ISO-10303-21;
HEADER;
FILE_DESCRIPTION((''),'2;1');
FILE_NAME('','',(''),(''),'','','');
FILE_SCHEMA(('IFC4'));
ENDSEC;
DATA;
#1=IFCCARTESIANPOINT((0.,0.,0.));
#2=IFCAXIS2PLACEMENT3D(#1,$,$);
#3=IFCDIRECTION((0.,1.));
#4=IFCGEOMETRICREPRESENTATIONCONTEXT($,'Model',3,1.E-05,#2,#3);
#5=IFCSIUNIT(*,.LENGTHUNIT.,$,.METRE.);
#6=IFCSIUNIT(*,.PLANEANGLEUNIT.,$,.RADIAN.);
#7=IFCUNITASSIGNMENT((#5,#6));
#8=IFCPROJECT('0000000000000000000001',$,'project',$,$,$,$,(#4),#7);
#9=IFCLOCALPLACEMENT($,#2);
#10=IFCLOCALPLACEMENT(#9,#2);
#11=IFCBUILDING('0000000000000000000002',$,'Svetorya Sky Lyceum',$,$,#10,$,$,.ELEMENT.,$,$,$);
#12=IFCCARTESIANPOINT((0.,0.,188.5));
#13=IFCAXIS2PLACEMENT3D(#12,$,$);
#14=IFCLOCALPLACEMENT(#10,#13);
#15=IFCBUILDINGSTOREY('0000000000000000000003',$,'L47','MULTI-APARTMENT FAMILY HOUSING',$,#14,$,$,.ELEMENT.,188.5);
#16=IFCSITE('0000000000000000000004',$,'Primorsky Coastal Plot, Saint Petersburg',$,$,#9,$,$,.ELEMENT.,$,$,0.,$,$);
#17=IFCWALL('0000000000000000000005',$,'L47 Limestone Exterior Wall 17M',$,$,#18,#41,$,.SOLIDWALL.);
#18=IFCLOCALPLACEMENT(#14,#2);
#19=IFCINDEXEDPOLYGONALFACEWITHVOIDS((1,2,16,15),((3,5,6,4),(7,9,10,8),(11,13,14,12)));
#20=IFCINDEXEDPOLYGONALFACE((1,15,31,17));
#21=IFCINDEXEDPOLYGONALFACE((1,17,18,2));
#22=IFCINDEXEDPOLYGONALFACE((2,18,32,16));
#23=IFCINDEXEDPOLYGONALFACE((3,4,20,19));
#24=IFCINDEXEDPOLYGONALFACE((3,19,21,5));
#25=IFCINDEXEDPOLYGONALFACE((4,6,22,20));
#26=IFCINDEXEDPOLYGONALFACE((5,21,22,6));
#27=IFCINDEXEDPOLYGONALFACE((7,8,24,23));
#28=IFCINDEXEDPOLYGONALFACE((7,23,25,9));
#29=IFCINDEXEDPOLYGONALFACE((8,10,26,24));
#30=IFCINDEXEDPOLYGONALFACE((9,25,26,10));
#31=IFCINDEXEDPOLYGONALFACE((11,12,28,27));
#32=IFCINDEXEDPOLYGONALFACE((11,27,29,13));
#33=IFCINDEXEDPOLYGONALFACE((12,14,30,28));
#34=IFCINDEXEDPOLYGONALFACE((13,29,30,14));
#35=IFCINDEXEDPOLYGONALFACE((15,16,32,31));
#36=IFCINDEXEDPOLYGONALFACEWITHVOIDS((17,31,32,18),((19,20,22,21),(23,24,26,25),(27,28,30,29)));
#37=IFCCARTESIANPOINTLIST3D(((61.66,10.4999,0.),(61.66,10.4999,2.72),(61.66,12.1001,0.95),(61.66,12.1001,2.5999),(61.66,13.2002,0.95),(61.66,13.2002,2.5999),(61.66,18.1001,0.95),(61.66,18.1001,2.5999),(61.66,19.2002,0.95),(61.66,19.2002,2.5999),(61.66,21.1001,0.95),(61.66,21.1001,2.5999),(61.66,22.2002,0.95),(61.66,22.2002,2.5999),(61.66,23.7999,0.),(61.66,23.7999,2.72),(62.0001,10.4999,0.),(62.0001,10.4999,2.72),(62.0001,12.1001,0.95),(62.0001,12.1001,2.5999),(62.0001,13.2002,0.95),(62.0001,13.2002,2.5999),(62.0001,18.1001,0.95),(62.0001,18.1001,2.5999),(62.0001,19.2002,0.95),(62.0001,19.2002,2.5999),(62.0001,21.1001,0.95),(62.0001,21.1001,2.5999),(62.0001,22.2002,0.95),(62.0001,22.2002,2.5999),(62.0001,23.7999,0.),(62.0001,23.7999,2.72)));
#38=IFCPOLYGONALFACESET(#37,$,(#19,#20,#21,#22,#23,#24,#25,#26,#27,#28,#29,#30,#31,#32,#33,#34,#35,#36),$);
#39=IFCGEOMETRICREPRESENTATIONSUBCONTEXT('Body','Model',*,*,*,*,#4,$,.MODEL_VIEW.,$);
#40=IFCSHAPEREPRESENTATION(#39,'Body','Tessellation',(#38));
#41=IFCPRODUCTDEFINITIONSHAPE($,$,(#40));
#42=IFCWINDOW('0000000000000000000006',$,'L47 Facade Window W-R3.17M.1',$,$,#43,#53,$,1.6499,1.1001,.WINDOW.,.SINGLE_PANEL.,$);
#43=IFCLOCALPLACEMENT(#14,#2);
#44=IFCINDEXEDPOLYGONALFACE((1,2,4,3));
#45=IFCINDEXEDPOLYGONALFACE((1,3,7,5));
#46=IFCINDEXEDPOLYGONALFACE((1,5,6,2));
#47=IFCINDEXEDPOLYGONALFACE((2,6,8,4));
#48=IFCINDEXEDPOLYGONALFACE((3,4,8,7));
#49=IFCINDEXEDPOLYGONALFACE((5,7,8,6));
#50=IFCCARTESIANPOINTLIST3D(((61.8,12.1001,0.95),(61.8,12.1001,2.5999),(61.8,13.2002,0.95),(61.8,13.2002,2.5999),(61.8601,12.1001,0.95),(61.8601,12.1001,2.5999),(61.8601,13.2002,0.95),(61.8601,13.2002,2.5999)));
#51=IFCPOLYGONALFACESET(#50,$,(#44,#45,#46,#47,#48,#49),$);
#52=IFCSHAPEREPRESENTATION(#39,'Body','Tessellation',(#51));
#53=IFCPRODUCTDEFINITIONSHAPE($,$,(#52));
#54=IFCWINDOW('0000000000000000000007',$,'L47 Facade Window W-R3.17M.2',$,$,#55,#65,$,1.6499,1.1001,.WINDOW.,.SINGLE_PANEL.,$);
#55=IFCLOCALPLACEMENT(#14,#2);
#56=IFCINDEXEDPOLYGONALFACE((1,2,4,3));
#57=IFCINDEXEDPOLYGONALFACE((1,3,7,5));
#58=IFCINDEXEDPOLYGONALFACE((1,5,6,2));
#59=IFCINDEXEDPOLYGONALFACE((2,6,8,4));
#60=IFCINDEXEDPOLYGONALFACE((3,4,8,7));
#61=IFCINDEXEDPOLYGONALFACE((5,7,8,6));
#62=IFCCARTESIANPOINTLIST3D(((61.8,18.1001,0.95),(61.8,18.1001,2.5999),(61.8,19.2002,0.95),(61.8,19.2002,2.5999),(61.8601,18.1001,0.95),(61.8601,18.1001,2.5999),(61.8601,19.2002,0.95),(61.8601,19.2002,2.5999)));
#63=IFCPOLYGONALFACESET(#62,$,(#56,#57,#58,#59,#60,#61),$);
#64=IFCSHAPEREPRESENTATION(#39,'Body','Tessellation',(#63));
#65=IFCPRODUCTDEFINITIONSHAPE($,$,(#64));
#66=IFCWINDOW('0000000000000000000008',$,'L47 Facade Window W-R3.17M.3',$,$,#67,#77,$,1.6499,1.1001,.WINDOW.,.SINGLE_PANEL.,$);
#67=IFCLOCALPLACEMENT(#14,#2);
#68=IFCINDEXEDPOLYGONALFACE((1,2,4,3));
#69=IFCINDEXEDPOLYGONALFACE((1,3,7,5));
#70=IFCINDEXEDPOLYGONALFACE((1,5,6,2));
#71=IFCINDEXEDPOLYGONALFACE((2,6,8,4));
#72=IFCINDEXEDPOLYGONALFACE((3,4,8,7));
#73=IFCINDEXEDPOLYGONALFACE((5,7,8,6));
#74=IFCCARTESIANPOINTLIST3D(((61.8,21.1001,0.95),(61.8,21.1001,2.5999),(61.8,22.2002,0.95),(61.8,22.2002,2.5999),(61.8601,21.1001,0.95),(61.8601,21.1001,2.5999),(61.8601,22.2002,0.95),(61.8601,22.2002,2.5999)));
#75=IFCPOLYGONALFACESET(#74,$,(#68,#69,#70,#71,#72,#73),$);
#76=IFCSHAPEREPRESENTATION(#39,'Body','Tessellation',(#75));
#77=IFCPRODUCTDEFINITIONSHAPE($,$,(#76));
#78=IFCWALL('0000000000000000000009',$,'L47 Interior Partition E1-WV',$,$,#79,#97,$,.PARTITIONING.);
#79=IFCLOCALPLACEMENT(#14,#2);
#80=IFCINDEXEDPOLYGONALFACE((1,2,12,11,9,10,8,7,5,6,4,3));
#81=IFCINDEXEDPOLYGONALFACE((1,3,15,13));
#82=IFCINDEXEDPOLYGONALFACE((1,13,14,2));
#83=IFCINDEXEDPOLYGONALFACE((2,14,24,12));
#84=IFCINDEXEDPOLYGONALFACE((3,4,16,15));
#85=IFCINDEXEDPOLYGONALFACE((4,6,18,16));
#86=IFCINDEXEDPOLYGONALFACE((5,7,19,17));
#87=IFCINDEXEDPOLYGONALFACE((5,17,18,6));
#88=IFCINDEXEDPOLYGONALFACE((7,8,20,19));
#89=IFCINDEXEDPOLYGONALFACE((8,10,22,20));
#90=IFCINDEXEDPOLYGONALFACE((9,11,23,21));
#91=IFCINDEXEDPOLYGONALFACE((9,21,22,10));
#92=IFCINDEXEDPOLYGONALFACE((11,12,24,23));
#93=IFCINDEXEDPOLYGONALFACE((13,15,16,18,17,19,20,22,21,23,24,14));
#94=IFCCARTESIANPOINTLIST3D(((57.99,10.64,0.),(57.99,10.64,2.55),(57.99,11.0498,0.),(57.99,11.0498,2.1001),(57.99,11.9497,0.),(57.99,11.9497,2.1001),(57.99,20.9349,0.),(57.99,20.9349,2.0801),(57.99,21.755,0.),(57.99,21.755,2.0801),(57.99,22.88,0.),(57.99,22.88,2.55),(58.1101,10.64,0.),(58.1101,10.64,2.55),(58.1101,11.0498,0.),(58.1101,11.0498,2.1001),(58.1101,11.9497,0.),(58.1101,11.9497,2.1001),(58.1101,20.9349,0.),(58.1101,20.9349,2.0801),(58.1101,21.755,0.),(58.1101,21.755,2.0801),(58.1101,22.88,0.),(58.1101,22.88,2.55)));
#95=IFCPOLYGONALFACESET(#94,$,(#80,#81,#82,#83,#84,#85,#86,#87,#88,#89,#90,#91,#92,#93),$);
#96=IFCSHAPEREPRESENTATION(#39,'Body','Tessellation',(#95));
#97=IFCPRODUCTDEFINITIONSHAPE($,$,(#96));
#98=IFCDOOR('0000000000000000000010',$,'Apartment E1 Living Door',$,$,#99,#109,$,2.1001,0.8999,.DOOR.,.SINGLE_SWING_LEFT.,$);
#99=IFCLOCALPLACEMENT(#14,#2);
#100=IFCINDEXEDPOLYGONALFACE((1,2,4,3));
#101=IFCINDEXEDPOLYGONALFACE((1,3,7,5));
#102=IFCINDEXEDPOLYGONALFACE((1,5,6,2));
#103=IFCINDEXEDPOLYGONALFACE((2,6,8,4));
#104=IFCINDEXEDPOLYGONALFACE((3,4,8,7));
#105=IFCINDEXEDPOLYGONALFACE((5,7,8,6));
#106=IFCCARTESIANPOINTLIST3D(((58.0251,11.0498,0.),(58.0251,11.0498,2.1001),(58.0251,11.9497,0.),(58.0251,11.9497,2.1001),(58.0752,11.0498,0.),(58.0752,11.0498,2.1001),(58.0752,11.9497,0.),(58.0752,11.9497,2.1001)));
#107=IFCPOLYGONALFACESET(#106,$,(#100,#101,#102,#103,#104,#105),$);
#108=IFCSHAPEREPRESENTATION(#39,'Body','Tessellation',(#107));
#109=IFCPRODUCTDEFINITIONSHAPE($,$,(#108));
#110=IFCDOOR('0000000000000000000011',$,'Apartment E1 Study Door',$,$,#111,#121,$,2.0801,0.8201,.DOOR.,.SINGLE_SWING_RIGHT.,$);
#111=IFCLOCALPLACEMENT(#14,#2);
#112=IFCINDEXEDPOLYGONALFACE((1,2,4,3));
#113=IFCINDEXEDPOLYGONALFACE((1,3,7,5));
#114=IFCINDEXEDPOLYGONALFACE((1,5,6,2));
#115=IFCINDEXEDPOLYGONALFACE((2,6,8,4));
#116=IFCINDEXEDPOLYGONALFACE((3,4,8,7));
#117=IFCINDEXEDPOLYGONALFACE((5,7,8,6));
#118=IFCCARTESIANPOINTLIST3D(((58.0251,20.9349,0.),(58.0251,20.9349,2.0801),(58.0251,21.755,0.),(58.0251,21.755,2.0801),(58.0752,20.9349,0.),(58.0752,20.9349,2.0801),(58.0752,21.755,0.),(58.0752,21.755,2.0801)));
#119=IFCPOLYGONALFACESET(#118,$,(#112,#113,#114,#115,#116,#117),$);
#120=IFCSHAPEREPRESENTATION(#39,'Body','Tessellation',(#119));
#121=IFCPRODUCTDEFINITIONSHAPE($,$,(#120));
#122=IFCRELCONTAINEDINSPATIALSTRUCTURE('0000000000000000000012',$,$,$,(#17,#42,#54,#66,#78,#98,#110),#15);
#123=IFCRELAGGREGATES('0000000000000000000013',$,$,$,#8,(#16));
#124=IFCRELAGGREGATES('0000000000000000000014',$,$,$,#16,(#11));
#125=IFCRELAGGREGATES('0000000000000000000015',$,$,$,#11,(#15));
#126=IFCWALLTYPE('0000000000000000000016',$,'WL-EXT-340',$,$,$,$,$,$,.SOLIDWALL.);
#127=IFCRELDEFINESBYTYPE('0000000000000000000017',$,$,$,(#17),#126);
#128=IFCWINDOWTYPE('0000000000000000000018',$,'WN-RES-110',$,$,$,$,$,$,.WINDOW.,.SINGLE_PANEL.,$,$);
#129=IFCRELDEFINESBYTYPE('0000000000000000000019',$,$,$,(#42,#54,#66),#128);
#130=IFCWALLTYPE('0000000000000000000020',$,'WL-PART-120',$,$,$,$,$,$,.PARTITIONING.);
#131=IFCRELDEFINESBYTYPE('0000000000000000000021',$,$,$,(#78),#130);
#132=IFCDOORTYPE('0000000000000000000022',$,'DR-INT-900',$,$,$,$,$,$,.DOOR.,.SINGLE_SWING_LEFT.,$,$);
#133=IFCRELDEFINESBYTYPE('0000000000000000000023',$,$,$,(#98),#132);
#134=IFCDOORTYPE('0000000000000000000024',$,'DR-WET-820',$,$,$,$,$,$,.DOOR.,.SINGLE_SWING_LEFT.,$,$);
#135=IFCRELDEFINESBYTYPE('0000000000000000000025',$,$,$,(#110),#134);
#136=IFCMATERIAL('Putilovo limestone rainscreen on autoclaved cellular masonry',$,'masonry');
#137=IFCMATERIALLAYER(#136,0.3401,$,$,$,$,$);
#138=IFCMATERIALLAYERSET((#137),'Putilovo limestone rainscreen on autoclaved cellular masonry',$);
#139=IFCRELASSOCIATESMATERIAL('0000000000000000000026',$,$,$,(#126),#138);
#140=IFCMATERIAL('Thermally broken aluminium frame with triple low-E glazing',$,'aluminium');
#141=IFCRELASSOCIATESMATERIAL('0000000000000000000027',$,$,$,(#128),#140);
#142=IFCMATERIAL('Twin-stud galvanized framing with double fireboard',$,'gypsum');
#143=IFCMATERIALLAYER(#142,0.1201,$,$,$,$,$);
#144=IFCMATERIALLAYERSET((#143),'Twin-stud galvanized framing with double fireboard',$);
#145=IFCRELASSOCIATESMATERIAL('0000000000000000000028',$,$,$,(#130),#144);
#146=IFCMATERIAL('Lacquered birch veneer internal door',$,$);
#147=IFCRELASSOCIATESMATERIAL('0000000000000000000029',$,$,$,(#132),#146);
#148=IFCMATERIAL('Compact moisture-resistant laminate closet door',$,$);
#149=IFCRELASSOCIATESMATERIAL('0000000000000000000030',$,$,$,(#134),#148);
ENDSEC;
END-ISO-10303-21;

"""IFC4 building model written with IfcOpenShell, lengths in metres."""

from ifc_helpers import new_model, si_unit, direction, frame, frame_2d, origin, place, context, subcontext, project, spatial, rectangle, extrude, material, layer, layer_set, type_object, element, fill, save


model = new_model("IFC4")

# Units and contexts
model_context = context("Model", 3, precision=1e-05, world=origin(), true_north=direction((0.0, 1.0)))
body_context = subcontext(model_context, "Body", "Model", "MODEL_VIEW")
ifc_project = project(units=[si_unit("LENGTHUNIT", "METRE"), si_unit("PLANEANGLEUNIT", "RADIAN")], contexts=[model_context])

# Site, building, storey
site_placement = place(None, origin())
site = spatial("IfcSite", under=ifc_project, at=site_placement, Name="Primorsky Coastal Plot, Saint Petersburg", CompositionType="ELEMENT", RefElevation=0.0)
building_placement = place(site_placement, origin())
building = spatial("IfcBuilding", under=site, at=building_placement, Name="Svetorya Sky Lyceum", CompositionType="ELEMENT")
storey_placement = place(building_placement, frame((0.0, 0.0, 188.5)))
storey = spatial("IfcBuildingStorey", under=building, at=storey_placement, Name="L47", Description="MULTI-APARTMENT FAMILY HOUSING", CompositionType="ELEMENT", Elevation=188.5)

# Shared definitions
ifc_material_1 = material(Name="Putilovo limestone rainscreen on autoclaved cellular masonry", Category="masonry")
ifc_layer_1 = layer(ifc_material_1, 0.3401)
ifc_layer_set_1 = layer_set([ifc_layer_1], Name="Putilovo limestone rainscreen on autoclaved cellular masonry")
wall_type_1 = type_object("IfcWallType", Name="WL-EXT-340", PredefinedType="SOLIDWALL", material=ifc_layer_set_1)

# Wall, openings, windows
wall_1_placement = place(storey_placement, frame((61.8301, 10.5, 0.0), z_axis=(0.0, 0.0, 1.0), x_axis=(0.0, 1.0, 0.0)))
wall_1 = element("IfcWall", 1, at=wall_1_placement, inside=storey, type_object=wall_type_1, Name="L47 Limestone Exterior Wall 17M", PredefinedType="SOLIDWALL", context=body_context, shape_type="SweptSolid", body=[
    extrude(rectangle(XDim=13.3, YDim=0.3401, at=frame_2d((6.6499, 0.0))), origin(), (0.0, 0.0, 1.0), 2.72),
])
opening_1_placement = place(wall_1_placement, frame((1.6001, 0.0, 0.95)))
opening_1 = element("IfcOpeningElement", 2, at=opening_1_placement, cuts=wall_1, PredefinedType="OPENING", context=body_context, shape_type="SweptSolid", body=[
    extrude(rectangle(XDim=1.1001, YDim=1.6499, at=frame_2d((0.55, 0.825))), frame((0.0, 0.1799, 0.0), z_axis=(0.0, -1.0, 0.0), x_axis=(1.0, 0.0, 0.0)), (0.0, 0.0, 1.0), 0.3601),
])
opening_2_placement = place(wall_1_placement, frame((7.6001, 0.0, 0.95)))
opening_2 = element("IfcOpeningElement", 3, at=opening_2_placement, cuts=wall_1, PredefinedType="OPENING", context=body_context, shape_type="SweptSolid", body=[
    extrude(rectangle(XDim=1.1001, YDim=1.6499, at=frame_2d((0.55, 0.825))), frame((0.0, 0.1799, 0.0), z_axis=(0.0, -1.0, 0.0), x_axis=(1.0, 0.0, 0.0)), (0.0, 0.0, 1.0), 0.3601),
])
opening_3_placement = place(wall_1_placement, frame((10.6001, 0.0, 0.95)))
opening_3 = element("IfcOpeningElement", 4, at=opening_3_placement, cuts=wall_1, PredefinedType="OPENING", context=body_context, shape_type="SweptSolid", body=[
    extrude(rectangle(XDim=1.1001, YDim=1.6499, at=frame_2d((0.55, 0.825))), frame((0.0, 0.1799, 0.0), z_axis=(0.0, -1.0, 0.0), x_axis=(1.0, 0.0, 0.0)), (0.0, 0.0, 1.0), 0.3601),
])
ifc_material_2 = material(Name="Thermally broken aluminium frame with triple low-E glazing", Category="aluminium")
window_type = type_object("IfcWindowType", Name="WN-RES-110", PartitioningType="SINGLE_PANEL", PredefinedType="WINDOW", material=ifc_material_2)
window_1_placement = place(opening_1_placement, origin())
window_1 = element("IfcWindow", 5, at=window_1_placement, inside=storey, type_object=window_type, Name="L47 Facade Window W-R3.17M.1", OverallHeight=1.6499, OverallWidth=1.1001, PartitioningType="SINGLE_PANEL", PredefinedType="WINDOW", context=body_context, shape_type="SweptSolid", body=[
    extrude(rectangle(XDim=1.1001, YDim=1.6499, at=frame_2d((0.55, 0.825))), frame((0.0, 0.03, 0.0), z_axis=(0.0, -1.0, 0.0), x_axis=(1.0, 0.0, 0.0)), (0.0, 0.0, 1.0), 0.0601),
])
fill(opening_1, window_1)
window_2_placement = place(opening_2_placement, origin())
window_2 = element("IfcWindow", 6, at=window_2_placement, inside=storey, type_object=window_type, Name="L47 Facade Window W-R3.17M.2", OverallHeight=1.6499, OverallWidth=1.1001, PartitioningType="SINGLE_PANEL", PredefinedType="WINDOW", context=body_context, shape_type="SweptSolid", body=[
    extrude(rectangle(XDim=1.1001, YDim=1.6499, at=frame_2d((0.55, 0.825))), frame((0.0, 0.03, 0.0), z_axis=(0.0, -1.0, 0.0), x_axis=(1.0, 0.0, 0.0)), (0.0, 0.0, 1.0), 0.0601),
])
fill(opening_2, window_2)
window_3_placement = place(opening_3_placement, origin())
window_3 = element("IfcWindow", 7, at=window_3_placement, inside=storey, type_object=window_type, Name="L47 Facade Window W-R3.17M.3", OverallHeight=1.6499, OverallWidth=1.1001, PartitioningType="SINGLE_PANEL", PredefinedType="WINDOW", context=body_context, shape_type="SweptSolid", body=[
    extrude(rectangle(XDim=1.1001, YDim=1.6499, at=frame_2d((0.55, 0.825))), frame((0.0, 0.03, 0.0), z_axis=(0.0, -1.0, 0.0), x_axis=(1.0, 0.0, 0.0)), (0.0, 0.0, 1.0), 0.0601),
])
fill(opening_3, window_3)

# Wall, openings, doors
ifc_material_3 = material(Name="Twin-stud galvanized framing with double fireboard", Category="gypsum")
ifc_layer_2 = layer(ifc_material_3, 0.1201)
ifc_layer_set_2 = layer_set([ifc_layer_2], Name="Twin-stud galvanized framing with double fireboard")
wall_type_2 = type_object("IfcWallType", Name="WL-PART-120", PredefinedType="PARTITIONING", material=ifc_layer_set_2)
wall_2_placement = place(storey_placement, frame((58.05, 10.6399, 0.0), z_axis=(0.0, 0.0, 1.0), x_axis=(0.0, 1.0, 0.0)))
wall_2 = element("IfcWall", 8, at=wall_2_placement, inside=storey, type_object=wall_type_2, Name="L47 Interior Partition E1-WV", PredefinedType="PARTITIONING", context=body_context, shape_type="SweptSolid", body=[
    extrude(rectangle(XDim=12.24, YDim=0.1201, at=frame_2d((6.1201, 0.0))), origin(), (0.0, 0.0, 1.0), 2.55),
])
opening_4_placement = place(wall_2_placement, frame((0.4099, 0.0, 0.0)))
opening_4 = element("IfcOpeningElement", 9, at=opening_4_placement, cuts=wall_2, PredefinedType="OPENING", context=body_context, shape_type="SweptSolid", body=[
    extrude(rectangle(XDim=0.8999, YDim=2.1001, at=frame_2d((0.45, 1.05))), frame((0.0, 0.0701, 0.0), z_axis=(0.0, -1.0, 0.0), x_axis=(1.0, 0.0, 0.0)), (0.0, 0.0, 1.0), 0.1401),
])
opening_5_placement = place(wall_2_placement, frame((10.2949, 0.0, 0.0)))
opening_5 = element("IfcOpeningElement", 10, at=opening_5_placement, cuts=wall_2, PredefinedType="OPENING", context=body_context, shape_type="SweptSolid", body=[
    extrude(rectangle(XDim=0.8201, YDim=2.0801, at=frame_2d((0.4102, 1.04))), frame((0.0, 0.0701, 0.0), z_axis=(0.0, -1.0, 0.0), x_axis=(1.0, 0.0, 0.0)), (0.0, 0.0, 1.0), 0.1401),
])
ifc_material_4 = material(Name="Lacquered birch veneer internal door")
door_type_1 = type_object("IfcDoorType", Name="DR-INT-900", OperationType="SINGLE_SWING_LEFT", PredefinedType="DOOR", material=ifc_material_4)
door_1_placement = place(opening_4_placement, origin())
door_1 = element("IfcDoor", 11, at=door_1_placement, inside=storey, type_object=door_type_1, Name="Apartment E1 Living Door", OperationType="SINGLE_SWING_LEFT", OverallHeight=2.1001, OverallWidth=0.8999, PredefinedType="DOOR", context=body_context, shape_type="SweptSolid", body=[
    extrude(rectangle(XDim=0.8999, YDim=2.1001, at=frame_2d((0.45, 1.05))), frame((0.0, 0.0249, 0.0), z_axis=(0.0, -1.0, 0.0), x_axis=(1.0, 0.0, 0.0)), (0.0, 0.0, 1.0), 0.05),
])
fill(opening_4, door_1)
ifc_material_5 = material(Name="Compact moisture-resistant laminate closet door")
door_type_2 = type_object("IfcDoorType", Name="DR-WET-820", OperationType="SINGLE_SWING_LEFT", PredefinedType="DOOR", material=ifc_material_5)
door_2_placement = place(opening_5_placement, origin())
door_2 = element("IfcDoor", 12, at=door_2_placement, inside=storey, type_object=door_type_2, Name="Apartment E1 Study Door", OperationType="SINGLE_SWING_RIGHT", OverallHeight=2.0801, OverallWidth=0.8201, PredefinedType="DOOR", context=body_context, shape_type="SweptSolid", body=[
    extrude(rectangle(XDim=0.8201, YDim=2.0801, at=frame_2d((0.4102, 1.04))), frame((0.0, 0.0249, 0.0), z_axis=(0.0, -1.0, 0.0), x_axis=(1.0, 0.0, 0.0)), (0.0, 0.0, 1.0), 0.05),
])
fill(opening_5, door_2)

save(model, "model.ifc")
